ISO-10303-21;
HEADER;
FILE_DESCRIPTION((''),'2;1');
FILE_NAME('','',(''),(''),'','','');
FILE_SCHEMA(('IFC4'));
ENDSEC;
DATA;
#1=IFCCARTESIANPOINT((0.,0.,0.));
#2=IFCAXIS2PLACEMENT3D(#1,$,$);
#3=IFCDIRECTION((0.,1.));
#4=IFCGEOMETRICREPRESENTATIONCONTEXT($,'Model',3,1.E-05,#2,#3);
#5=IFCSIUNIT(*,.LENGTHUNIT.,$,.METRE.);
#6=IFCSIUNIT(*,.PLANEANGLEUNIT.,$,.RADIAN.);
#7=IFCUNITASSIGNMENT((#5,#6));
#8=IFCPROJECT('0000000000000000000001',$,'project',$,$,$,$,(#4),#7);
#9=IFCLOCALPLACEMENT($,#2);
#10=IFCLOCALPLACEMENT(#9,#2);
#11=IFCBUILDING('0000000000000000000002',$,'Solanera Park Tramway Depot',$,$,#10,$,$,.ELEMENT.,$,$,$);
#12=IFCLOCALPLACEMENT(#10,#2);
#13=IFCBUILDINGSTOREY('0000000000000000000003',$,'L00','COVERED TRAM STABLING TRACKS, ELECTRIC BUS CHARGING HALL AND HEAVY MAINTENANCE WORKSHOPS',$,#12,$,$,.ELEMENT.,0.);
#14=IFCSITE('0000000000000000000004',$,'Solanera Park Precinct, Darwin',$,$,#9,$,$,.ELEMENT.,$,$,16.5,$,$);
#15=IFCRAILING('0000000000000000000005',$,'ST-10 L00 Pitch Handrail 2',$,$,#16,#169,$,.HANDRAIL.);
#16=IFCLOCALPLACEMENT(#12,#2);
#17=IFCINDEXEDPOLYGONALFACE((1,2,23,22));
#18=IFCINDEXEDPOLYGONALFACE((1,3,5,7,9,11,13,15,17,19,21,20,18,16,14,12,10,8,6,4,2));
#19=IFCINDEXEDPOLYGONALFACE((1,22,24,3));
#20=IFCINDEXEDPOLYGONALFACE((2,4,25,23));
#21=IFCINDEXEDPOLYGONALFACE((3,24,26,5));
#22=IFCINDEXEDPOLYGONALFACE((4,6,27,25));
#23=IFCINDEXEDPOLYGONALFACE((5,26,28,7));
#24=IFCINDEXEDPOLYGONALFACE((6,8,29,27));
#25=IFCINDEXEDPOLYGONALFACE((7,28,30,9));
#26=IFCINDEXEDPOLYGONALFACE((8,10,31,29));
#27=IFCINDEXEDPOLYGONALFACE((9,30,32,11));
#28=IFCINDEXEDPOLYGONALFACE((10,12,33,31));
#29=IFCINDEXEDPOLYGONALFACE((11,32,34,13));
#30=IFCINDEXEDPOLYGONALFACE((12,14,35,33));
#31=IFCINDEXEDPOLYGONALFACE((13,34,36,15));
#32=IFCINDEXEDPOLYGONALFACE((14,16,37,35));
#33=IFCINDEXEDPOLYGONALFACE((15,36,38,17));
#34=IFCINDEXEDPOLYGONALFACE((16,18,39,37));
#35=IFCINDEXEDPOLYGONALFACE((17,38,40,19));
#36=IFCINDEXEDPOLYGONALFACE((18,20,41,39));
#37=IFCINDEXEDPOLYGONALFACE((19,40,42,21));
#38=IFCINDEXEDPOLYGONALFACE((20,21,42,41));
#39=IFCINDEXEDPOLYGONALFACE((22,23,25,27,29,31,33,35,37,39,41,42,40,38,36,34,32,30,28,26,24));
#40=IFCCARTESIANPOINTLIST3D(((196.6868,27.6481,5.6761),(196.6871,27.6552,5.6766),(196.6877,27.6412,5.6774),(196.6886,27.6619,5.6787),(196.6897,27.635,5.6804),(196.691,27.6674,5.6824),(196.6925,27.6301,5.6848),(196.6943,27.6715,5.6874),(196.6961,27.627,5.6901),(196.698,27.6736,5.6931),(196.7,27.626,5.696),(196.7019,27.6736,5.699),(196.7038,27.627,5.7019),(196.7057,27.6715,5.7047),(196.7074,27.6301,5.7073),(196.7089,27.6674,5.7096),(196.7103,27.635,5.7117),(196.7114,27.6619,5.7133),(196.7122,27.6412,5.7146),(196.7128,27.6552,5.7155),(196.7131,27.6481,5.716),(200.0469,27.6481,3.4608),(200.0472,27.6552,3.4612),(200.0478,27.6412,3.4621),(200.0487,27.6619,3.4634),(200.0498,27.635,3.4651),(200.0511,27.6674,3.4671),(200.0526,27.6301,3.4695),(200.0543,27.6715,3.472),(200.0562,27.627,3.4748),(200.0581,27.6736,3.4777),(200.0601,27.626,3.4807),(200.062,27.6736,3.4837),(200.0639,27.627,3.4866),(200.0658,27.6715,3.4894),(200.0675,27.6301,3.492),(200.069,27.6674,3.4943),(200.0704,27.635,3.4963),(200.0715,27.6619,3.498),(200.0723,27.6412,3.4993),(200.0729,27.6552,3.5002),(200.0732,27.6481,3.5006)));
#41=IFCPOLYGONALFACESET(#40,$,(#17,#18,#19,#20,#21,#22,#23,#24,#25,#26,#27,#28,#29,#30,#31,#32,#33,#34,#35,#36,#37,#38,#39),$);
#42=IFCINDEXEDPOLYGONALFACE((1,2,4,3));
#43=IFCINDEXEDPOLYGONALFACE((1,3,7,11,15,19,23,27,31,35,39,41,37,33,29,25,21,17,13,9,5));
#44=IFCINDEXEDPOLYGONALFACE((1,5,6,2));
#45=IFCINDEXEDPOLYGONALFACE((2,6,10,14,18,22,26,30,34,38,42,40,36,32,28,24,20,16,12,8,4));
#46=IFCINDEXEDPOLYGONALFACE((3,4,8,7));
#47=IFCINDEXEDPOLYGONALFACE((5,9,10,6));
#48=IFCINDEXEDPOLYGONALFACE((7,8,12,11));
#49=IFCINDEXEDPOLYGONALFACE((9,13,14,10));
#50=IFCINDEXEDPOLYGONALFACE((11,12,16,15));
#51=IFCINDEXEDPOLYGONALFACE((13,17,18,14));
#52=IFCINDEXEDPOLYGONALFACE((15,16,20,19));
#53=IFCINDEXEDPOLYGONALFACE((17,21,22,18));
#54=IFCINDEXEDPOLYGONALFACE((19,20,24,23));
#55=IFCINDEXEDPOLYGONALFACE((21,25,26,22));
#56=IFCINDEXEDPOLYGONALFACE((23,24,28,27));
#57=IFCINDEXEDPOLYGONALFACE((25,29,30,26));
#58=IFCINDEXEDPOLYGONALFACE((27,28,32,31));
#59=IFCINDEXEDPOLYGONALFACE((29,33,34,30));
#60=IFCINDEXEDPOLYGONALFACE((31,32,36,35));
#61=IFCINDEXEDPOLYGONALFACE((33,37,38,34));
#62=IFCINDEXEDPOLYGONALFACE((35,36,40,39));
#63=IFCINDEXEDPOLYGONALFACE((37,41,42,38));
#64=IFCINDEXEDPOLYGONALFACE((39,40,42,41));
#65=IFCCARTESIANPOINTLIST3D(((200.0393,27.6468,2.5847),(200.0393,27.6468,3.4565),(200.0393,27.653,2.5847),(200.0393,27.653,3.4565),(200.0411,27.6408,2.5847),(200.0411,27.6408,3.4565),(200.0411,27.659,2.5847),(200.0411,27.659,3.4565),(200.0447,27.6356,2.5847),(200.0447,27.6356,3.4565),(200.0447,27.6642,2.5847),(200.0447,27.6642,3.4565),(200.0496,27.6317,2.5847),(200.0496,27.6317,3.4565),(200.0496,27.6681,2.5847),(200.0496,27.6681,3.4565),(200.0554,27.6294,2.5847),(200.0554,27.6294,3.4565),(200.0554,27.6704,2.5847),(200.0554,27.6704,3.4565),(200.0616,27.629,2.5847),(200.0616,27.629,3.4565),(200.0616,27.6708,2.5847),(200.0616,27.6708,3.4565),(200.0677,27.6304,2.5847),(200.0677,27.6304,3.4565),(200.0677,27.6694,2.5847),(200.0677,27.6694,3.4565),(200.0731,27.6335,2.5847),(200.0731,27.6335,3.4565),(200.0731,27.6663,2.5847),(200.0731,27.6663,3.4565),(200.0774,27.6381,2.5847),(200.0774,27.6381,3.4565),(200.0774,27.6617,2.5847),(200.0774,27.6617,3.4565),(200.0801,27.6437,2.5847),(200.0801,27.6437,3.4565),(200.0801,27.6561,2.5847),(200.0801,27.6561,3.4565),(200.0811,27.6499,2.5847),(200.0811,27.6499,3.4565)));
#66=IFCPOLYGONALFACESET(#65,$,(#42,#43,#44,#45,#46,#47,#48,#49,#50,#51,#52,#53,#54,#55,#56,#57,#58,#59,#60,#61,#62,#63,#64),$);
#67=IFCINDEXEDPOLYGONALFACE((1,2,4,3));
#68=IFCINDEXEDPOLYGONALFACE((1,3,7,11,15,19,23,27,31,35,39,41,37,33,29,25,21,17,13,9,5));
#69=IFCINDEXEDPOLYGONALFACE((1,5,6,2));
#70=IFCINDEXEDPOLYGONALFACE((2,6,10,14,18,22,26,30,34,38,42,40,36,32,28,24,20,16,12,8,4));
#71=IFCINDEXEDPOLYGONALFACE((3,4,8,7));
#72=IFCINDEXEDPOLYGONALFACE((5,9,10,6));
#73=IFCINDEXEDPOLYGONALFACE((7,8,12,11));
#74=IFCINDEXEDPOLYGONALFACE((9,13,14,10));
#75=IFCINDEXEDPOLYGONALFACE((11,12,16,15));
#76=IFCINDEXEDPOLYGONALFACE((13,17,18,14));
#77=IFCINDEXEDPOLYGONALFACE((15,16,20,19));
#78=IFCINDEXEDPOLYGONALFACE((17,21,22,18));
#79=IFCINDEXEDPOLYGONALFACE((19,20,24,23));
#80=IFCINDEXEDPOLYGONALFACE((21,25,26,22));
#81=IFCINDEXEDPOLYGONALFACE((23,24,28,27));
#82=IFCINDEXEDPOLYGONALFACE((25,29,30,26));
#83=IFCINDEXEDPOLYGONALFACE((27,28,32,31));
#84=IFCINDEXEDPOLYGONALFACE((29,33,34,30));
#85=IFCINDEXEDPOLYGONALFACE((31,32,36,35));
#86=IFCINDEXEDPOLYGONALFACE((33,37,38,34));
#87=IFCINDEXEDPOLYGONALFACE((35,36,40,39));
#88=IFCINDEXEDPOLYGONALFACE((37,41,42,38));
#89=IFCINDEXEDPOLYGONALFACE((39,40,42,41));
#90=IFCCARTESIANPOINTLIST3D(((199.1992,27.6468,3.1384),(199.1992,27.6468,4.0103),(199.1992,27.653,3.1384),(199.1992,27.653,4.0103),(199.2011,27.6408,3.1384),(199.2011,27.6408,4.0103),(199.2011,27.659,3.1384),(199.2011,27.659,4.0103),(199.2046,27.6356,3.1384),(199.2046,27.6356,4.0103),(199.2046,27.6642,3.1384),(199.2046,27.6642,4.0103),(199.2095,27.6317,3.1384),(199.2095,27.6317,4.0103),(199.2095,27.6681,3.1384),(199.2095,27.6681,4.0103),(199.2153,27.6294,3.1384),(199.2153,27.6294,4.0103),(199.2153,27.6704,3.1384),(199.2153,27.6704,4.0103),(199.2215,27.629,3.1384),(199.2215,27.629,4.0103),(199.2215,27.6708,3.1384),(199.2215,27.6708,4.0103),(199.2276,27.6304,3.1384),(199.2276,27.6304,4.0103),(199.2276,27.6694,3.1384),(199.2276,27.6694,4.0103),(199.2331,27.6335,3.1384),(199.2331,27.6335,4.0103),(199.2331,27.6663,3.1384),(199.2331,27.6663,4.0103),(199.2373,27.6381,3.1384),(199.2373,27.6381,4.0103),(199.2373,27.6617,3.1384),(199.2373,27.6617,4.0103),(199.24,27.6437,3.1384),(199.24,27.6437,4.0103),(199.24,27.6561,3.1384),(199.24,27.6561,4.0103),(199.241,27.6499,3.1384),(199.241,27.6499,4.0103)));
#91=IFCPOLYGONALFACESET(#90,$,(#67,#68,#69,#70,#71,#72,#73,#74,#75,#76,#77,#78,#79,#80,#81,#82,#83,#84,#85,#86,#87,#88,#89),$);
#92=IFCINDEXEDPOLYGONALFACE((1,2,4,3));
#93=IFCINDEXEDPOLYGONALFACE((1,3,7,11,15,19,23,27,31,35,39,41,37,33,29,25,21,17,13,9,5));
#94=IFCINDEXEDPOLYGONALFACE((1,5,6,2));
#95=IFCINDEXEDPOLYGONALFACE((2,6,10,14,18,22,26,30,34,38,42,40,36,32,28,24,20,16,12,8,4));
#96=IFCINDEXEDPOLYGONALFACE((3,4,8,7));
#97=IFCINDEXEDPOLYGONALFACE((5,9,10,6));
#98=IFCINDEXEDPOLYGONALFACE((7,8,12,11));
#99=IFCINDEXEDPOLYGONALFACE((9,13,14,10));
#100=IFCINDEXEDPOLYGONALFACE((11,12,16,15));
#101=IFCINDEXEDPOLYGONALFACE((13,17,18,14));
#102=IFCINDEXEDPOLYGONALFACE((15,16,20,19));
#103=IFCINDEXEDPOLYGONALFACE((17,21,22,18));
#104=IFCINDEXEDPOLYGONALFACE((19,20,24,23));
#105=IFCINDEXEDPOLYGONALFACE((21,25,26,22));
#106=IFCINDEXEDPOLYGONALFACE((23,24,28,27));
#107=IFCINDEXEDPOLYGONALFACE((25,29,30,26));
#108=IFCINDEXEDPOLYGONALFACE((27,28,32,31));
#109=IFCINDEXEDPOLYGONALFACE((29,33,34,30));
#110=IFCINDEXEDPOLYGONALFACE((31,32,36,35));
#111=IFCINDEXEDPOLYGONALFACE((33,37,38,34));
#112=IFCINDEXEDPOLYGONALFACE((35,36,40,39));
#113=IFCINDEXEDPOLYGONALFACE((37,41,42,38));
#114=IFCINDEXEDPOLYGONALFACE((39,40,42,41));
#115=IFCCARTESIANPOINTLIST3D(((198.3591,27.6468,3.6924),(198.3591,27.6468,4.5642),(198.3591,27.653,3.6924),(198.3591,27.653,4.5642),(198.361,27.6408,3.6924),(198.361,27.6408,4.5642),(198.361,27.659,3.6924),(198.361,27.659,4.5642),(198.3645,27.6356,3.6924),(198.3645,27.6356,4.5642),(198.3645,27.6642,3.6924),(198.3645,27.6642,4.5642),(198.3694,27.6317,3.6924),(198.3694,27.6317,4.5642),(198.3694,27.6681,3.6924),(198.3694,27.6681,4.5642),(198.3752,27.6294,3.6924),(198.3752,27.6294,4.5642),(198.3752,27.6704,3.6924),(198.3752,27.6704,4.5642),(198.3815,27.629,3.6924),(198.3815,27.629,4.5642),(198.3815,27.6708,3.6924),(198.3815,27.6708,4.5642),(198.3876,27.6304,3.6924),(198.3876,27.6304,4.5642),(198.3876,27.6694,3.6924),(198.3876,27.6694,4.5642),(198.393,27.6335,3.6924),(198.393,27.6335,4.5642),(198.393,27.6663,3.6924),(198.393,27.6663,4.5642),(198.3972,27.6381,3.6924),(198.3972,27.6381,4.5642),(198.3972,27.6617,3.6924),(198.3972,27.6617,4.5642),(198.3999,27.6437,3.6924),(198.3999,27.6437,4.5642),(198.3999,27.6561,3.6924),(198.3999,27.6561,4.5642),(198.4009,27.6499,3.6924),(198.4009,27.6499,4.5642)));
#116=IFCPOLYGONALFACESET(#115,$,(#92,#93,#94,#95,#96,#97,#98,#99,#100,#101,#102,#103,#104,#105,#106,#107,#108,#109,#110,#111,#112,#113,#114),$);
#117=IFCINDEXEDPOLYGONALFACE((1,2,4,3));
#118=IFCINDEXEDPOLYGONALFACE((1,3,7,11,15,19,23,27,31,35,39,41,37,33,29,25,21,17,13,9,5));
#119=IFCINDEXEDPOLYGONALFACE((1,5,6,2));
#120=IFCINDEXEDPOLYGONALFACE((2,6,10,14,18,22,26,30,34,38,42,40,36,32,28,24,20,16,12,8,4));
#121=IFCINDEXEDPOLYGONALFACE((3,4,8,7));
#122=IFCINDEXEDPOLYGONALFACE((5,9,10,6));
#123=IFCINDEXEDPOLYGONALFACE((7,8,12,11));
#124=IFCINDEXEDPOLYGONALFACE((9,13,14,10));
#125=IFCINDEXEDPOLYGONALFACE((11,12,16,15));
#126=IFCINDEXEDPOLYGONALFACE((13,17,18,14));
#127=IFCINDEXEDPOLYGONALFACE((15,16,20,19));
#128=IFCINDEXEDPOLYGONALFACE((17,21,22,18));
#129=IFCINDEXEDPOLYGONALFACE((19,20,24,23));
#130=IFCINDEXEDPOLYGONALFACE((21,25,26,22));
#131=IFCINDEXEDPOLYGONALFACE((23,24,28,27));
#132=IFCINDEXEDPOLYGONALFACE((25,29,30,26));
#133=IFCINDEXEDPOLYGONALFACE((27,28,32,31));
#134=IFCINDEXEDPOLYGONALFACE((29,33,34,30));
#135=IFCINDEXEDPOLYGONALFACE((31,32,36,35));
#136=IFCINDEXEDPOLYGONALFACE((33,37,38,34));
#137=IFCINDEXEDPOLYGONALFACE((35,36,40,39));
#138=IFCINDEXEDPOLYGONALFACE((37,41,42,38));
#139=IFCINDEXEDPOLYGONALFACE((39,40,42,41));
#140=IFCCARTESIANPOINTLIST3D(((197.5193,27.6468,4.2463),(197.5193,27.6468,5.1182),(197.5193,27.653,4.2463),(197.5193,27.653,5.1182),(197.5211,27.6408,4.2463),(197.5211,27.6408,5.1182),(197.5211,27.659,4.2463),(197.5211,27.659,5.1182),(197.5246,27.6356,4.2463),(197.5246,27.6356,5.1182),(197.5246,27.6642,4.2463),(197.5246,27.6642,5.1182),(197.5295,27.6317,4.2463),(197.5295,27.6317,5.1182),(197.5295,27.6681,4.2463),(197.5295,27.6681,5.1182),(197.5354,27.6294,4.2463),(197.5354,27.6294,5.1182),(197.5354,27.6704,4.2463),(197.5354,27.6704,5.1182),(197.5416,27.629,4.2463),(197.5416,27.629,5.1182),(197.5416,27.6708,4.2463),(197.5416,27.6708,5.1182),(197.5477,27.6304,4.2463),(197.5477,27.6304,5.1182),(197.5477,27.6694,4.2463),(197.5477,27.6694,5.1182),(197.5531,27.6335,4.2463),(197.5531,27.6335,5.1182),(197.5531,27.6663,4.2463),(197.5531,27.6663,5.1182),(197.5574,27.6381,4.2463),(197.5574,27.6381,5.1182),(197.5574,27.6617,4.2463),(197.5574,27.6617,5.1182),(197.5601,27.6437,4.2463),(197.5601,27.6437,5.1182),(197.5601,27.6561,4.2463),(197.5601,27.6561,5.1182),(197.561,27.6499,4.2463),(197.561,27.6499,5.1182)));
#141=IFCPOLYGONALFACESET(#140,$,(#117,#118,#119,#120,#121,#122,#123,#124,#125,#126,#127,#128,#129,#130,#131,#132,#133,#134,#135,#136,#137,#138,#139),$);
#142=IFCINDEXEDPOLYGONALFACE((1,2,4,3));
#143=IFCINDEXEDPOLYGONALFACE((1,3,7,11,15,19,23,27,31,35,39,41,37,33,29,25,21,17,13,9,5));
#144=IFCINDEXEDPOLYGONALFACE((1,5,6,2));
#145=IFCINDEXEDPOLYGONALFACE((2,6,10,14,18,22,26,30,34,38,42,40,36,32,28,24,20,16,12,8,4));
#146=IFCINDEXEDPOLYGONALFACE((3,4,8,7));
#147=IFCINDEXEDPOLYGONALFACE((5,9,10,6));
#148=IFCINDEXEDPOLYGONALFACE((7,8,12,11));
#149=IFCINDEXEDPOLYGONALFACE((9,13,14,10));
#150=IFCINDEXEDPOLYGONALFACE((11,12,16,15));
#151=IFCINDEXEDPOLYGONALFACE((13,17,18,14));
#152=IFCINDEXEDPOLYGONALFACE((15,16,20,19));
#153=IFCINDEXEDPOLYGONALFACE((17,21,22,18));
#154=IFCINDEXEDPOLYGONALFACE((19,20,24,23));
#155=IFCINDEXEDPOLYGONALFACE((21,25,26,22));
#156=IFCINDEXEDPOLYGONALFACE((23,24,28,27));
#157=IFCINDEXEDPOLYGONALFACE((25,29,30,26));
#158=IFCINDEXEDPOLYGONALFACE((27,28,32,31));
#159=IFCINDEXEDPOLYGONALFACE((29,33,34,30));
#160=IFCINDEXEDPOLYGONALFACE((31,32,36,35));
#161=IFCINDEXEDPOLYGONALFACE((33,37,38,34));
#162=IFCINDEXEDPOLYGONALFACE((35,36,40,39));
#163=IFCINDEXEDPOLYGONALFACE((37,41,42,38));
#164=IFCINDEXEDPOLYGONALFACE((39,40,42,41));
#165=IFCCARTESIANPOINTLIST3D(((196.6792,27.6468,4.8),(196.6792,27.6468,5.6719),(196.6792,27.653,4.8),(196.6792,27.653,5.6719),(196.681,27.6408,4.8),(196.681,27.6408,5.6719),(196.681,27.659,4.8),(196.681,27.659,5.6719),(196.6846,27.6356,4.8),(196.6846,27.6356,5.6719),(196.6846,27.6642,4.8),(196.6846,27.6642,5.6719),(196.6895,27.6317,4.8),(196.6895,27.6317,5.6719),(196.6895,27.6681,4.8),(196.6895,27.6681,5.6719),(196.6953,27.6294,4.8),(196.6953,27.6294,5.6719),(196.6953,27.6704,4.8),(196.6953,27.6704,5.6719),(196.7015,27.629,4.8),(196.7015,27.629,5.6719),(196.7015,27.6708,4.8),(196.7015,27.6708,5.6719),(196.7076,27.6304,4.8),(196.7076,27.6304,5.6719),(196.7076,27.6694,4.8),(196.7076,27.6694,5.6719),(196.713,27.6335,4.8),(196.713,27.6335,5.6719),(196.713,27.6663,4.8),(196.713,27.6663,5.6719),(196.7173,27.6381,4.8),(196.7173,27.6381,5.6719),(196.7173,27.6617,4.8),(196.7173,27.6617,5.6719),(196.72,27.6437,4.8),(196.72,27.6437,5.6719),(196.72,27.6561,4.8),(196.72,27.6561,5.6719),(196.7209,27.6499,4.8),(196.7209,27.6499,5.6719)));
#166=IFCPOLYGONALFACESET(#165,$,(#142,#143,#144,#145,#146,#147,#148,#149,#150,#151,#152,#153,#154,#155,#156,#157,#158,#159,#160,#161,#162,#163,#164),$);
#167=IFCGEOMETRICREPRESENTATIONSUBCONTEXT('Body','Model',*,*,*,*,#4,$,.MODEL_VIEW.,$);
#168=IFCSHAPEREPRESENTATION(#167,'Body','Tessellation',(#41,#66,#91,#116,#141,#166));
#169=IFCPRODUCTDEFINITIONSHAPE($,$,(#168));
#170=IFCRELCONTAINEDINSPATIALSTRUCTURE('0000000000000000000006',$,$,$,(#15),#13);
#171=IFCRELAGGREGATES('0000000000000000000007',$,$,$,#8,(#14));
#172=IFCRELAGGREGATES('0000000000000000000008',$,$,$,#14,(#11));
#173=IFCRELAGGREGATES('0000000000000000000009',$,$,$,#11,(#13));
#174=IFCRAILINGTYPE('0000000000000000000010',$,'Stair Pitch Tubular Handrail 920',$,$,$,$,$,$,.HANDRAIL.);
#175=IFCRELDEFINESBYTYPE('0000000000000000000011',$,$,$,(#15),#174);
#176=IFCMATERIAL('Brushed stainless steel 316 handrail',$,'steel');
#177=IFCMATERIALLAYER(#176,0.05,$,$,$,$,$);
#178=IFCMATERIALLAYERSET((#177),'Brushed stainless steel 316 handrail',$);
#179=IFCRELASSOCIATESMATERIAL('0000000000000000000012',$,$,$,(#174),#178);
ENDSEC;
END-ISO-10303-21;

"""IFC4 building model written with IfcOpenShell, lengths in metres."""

from ifc_helpers import new_model, si_unit, direction, frame, origin, origin_2d, place, context, subcontext, project, spatial, circle, extrude, material, layer, layer_set, type_object, element, save


model = new_model("IFC4")

# Units and contexts
model_context = context("Model", 3, precision=1e-05, world=origin(), true_north=direction((0.0, 1.0)))
body_context = subcontext(model_context, "Body", "Model", "MODEL_VIEW")
ifc_project = project(units=[si_unit("LENGTHUNIT", "METRE"), si_unit("PLANEANGLEUNIT", "RADIAN")], contexts=[model_context])

# Site, building, storey
site_placement = place(None, origin())
site = spatial("IfcSite", under=ifc_project, at=site_placement, Name="Solanera Park Precinct, Darwin", CompositionType="ELEMENT", RefElevation=16.5)
building_placement = place(site_placement, origin())
building = spatial("IfcBuilding", under=site, at=building_placement, Name="Solanera Park Tramway Depot", CompositionType="ELEMENT")
storey_placement = place(building_placement, origin())
storey = spatial("IfcBuildingStorey", under=building, at=storey_placement, Name="L00", Description="COVERED TRAM STABLING TRACKS, ELECTRIC BUS CHARGING HALL AND HEAVY MAINTENANCE WORKSHOPS", CompositionType="ELEMENT", Elevation=0.0)

# Railing
ifc_material_1 = material(Name="Brushed stainless steel 316 handrail", Category="steel")
ifc_layer_1 = layer(ifc_material_1, 0.05)
ifc_layer_set_1 = layer_set([ifc_layer_1], Name="Brushed stainless steel 316 handrail")
railing_type_1 = type_object("IfcRailingType", Name="Stair Pitch Tubular Handrail 920", PredefinedType="HANDRAIL", material=ifc_layer_set_1)
railing_1_placement = place(storey_placement, frame((200.0601, 27.6499, 2.5847)))
element("IfcRailing", 1, at=railing_1_placement, inside=storey, type_object=railing_type_1, Name="ST-10 L00 Pitch Handrail 2", PredefinedType="HANDRAIL", context=body_context, shape_type="SweptSolid", body=[
    extrude(circle(Radius=0.0239, at=origin_2d()), frame((0.0, 0.0, 0.896), z_axis=(-0.834876, 0.0, 0.550437), x_axis=(0.0, -1.0, 0.0)), (0.0, 0.0, 1.0), 4.0247),
    extrude(circle(Radius=0.021, at=origin_2d()), origin(), (0.0, 0.0, 1.0), 0.8718),
    extrude(circle(Radius=0.021, at=origin_2d()), frame((-0.8401, 0.0, 0.5537)), (0.0, 0.0, 1.0), 0.8718),
    extrude(circle(Radius=0.021, at=origin_2d()), frame((-1.6802, 0.0, 1.1077)), (0.0, 0.0, 1.0), 0.8718),
    extrude(circle(Radius=0.021, at=origin_2d()), frame((-2.52, 0.0, 1.6616)), (0.0, 0.0, 1.0), 0.8718),
    extrude(circle(Radius=0.021, at=origin_2d()), frame((-3.3601, 0.0, 2.2153)), (0.0, 0.0, 1.0), 0.8718),
])

save(model, "model.ifc")
